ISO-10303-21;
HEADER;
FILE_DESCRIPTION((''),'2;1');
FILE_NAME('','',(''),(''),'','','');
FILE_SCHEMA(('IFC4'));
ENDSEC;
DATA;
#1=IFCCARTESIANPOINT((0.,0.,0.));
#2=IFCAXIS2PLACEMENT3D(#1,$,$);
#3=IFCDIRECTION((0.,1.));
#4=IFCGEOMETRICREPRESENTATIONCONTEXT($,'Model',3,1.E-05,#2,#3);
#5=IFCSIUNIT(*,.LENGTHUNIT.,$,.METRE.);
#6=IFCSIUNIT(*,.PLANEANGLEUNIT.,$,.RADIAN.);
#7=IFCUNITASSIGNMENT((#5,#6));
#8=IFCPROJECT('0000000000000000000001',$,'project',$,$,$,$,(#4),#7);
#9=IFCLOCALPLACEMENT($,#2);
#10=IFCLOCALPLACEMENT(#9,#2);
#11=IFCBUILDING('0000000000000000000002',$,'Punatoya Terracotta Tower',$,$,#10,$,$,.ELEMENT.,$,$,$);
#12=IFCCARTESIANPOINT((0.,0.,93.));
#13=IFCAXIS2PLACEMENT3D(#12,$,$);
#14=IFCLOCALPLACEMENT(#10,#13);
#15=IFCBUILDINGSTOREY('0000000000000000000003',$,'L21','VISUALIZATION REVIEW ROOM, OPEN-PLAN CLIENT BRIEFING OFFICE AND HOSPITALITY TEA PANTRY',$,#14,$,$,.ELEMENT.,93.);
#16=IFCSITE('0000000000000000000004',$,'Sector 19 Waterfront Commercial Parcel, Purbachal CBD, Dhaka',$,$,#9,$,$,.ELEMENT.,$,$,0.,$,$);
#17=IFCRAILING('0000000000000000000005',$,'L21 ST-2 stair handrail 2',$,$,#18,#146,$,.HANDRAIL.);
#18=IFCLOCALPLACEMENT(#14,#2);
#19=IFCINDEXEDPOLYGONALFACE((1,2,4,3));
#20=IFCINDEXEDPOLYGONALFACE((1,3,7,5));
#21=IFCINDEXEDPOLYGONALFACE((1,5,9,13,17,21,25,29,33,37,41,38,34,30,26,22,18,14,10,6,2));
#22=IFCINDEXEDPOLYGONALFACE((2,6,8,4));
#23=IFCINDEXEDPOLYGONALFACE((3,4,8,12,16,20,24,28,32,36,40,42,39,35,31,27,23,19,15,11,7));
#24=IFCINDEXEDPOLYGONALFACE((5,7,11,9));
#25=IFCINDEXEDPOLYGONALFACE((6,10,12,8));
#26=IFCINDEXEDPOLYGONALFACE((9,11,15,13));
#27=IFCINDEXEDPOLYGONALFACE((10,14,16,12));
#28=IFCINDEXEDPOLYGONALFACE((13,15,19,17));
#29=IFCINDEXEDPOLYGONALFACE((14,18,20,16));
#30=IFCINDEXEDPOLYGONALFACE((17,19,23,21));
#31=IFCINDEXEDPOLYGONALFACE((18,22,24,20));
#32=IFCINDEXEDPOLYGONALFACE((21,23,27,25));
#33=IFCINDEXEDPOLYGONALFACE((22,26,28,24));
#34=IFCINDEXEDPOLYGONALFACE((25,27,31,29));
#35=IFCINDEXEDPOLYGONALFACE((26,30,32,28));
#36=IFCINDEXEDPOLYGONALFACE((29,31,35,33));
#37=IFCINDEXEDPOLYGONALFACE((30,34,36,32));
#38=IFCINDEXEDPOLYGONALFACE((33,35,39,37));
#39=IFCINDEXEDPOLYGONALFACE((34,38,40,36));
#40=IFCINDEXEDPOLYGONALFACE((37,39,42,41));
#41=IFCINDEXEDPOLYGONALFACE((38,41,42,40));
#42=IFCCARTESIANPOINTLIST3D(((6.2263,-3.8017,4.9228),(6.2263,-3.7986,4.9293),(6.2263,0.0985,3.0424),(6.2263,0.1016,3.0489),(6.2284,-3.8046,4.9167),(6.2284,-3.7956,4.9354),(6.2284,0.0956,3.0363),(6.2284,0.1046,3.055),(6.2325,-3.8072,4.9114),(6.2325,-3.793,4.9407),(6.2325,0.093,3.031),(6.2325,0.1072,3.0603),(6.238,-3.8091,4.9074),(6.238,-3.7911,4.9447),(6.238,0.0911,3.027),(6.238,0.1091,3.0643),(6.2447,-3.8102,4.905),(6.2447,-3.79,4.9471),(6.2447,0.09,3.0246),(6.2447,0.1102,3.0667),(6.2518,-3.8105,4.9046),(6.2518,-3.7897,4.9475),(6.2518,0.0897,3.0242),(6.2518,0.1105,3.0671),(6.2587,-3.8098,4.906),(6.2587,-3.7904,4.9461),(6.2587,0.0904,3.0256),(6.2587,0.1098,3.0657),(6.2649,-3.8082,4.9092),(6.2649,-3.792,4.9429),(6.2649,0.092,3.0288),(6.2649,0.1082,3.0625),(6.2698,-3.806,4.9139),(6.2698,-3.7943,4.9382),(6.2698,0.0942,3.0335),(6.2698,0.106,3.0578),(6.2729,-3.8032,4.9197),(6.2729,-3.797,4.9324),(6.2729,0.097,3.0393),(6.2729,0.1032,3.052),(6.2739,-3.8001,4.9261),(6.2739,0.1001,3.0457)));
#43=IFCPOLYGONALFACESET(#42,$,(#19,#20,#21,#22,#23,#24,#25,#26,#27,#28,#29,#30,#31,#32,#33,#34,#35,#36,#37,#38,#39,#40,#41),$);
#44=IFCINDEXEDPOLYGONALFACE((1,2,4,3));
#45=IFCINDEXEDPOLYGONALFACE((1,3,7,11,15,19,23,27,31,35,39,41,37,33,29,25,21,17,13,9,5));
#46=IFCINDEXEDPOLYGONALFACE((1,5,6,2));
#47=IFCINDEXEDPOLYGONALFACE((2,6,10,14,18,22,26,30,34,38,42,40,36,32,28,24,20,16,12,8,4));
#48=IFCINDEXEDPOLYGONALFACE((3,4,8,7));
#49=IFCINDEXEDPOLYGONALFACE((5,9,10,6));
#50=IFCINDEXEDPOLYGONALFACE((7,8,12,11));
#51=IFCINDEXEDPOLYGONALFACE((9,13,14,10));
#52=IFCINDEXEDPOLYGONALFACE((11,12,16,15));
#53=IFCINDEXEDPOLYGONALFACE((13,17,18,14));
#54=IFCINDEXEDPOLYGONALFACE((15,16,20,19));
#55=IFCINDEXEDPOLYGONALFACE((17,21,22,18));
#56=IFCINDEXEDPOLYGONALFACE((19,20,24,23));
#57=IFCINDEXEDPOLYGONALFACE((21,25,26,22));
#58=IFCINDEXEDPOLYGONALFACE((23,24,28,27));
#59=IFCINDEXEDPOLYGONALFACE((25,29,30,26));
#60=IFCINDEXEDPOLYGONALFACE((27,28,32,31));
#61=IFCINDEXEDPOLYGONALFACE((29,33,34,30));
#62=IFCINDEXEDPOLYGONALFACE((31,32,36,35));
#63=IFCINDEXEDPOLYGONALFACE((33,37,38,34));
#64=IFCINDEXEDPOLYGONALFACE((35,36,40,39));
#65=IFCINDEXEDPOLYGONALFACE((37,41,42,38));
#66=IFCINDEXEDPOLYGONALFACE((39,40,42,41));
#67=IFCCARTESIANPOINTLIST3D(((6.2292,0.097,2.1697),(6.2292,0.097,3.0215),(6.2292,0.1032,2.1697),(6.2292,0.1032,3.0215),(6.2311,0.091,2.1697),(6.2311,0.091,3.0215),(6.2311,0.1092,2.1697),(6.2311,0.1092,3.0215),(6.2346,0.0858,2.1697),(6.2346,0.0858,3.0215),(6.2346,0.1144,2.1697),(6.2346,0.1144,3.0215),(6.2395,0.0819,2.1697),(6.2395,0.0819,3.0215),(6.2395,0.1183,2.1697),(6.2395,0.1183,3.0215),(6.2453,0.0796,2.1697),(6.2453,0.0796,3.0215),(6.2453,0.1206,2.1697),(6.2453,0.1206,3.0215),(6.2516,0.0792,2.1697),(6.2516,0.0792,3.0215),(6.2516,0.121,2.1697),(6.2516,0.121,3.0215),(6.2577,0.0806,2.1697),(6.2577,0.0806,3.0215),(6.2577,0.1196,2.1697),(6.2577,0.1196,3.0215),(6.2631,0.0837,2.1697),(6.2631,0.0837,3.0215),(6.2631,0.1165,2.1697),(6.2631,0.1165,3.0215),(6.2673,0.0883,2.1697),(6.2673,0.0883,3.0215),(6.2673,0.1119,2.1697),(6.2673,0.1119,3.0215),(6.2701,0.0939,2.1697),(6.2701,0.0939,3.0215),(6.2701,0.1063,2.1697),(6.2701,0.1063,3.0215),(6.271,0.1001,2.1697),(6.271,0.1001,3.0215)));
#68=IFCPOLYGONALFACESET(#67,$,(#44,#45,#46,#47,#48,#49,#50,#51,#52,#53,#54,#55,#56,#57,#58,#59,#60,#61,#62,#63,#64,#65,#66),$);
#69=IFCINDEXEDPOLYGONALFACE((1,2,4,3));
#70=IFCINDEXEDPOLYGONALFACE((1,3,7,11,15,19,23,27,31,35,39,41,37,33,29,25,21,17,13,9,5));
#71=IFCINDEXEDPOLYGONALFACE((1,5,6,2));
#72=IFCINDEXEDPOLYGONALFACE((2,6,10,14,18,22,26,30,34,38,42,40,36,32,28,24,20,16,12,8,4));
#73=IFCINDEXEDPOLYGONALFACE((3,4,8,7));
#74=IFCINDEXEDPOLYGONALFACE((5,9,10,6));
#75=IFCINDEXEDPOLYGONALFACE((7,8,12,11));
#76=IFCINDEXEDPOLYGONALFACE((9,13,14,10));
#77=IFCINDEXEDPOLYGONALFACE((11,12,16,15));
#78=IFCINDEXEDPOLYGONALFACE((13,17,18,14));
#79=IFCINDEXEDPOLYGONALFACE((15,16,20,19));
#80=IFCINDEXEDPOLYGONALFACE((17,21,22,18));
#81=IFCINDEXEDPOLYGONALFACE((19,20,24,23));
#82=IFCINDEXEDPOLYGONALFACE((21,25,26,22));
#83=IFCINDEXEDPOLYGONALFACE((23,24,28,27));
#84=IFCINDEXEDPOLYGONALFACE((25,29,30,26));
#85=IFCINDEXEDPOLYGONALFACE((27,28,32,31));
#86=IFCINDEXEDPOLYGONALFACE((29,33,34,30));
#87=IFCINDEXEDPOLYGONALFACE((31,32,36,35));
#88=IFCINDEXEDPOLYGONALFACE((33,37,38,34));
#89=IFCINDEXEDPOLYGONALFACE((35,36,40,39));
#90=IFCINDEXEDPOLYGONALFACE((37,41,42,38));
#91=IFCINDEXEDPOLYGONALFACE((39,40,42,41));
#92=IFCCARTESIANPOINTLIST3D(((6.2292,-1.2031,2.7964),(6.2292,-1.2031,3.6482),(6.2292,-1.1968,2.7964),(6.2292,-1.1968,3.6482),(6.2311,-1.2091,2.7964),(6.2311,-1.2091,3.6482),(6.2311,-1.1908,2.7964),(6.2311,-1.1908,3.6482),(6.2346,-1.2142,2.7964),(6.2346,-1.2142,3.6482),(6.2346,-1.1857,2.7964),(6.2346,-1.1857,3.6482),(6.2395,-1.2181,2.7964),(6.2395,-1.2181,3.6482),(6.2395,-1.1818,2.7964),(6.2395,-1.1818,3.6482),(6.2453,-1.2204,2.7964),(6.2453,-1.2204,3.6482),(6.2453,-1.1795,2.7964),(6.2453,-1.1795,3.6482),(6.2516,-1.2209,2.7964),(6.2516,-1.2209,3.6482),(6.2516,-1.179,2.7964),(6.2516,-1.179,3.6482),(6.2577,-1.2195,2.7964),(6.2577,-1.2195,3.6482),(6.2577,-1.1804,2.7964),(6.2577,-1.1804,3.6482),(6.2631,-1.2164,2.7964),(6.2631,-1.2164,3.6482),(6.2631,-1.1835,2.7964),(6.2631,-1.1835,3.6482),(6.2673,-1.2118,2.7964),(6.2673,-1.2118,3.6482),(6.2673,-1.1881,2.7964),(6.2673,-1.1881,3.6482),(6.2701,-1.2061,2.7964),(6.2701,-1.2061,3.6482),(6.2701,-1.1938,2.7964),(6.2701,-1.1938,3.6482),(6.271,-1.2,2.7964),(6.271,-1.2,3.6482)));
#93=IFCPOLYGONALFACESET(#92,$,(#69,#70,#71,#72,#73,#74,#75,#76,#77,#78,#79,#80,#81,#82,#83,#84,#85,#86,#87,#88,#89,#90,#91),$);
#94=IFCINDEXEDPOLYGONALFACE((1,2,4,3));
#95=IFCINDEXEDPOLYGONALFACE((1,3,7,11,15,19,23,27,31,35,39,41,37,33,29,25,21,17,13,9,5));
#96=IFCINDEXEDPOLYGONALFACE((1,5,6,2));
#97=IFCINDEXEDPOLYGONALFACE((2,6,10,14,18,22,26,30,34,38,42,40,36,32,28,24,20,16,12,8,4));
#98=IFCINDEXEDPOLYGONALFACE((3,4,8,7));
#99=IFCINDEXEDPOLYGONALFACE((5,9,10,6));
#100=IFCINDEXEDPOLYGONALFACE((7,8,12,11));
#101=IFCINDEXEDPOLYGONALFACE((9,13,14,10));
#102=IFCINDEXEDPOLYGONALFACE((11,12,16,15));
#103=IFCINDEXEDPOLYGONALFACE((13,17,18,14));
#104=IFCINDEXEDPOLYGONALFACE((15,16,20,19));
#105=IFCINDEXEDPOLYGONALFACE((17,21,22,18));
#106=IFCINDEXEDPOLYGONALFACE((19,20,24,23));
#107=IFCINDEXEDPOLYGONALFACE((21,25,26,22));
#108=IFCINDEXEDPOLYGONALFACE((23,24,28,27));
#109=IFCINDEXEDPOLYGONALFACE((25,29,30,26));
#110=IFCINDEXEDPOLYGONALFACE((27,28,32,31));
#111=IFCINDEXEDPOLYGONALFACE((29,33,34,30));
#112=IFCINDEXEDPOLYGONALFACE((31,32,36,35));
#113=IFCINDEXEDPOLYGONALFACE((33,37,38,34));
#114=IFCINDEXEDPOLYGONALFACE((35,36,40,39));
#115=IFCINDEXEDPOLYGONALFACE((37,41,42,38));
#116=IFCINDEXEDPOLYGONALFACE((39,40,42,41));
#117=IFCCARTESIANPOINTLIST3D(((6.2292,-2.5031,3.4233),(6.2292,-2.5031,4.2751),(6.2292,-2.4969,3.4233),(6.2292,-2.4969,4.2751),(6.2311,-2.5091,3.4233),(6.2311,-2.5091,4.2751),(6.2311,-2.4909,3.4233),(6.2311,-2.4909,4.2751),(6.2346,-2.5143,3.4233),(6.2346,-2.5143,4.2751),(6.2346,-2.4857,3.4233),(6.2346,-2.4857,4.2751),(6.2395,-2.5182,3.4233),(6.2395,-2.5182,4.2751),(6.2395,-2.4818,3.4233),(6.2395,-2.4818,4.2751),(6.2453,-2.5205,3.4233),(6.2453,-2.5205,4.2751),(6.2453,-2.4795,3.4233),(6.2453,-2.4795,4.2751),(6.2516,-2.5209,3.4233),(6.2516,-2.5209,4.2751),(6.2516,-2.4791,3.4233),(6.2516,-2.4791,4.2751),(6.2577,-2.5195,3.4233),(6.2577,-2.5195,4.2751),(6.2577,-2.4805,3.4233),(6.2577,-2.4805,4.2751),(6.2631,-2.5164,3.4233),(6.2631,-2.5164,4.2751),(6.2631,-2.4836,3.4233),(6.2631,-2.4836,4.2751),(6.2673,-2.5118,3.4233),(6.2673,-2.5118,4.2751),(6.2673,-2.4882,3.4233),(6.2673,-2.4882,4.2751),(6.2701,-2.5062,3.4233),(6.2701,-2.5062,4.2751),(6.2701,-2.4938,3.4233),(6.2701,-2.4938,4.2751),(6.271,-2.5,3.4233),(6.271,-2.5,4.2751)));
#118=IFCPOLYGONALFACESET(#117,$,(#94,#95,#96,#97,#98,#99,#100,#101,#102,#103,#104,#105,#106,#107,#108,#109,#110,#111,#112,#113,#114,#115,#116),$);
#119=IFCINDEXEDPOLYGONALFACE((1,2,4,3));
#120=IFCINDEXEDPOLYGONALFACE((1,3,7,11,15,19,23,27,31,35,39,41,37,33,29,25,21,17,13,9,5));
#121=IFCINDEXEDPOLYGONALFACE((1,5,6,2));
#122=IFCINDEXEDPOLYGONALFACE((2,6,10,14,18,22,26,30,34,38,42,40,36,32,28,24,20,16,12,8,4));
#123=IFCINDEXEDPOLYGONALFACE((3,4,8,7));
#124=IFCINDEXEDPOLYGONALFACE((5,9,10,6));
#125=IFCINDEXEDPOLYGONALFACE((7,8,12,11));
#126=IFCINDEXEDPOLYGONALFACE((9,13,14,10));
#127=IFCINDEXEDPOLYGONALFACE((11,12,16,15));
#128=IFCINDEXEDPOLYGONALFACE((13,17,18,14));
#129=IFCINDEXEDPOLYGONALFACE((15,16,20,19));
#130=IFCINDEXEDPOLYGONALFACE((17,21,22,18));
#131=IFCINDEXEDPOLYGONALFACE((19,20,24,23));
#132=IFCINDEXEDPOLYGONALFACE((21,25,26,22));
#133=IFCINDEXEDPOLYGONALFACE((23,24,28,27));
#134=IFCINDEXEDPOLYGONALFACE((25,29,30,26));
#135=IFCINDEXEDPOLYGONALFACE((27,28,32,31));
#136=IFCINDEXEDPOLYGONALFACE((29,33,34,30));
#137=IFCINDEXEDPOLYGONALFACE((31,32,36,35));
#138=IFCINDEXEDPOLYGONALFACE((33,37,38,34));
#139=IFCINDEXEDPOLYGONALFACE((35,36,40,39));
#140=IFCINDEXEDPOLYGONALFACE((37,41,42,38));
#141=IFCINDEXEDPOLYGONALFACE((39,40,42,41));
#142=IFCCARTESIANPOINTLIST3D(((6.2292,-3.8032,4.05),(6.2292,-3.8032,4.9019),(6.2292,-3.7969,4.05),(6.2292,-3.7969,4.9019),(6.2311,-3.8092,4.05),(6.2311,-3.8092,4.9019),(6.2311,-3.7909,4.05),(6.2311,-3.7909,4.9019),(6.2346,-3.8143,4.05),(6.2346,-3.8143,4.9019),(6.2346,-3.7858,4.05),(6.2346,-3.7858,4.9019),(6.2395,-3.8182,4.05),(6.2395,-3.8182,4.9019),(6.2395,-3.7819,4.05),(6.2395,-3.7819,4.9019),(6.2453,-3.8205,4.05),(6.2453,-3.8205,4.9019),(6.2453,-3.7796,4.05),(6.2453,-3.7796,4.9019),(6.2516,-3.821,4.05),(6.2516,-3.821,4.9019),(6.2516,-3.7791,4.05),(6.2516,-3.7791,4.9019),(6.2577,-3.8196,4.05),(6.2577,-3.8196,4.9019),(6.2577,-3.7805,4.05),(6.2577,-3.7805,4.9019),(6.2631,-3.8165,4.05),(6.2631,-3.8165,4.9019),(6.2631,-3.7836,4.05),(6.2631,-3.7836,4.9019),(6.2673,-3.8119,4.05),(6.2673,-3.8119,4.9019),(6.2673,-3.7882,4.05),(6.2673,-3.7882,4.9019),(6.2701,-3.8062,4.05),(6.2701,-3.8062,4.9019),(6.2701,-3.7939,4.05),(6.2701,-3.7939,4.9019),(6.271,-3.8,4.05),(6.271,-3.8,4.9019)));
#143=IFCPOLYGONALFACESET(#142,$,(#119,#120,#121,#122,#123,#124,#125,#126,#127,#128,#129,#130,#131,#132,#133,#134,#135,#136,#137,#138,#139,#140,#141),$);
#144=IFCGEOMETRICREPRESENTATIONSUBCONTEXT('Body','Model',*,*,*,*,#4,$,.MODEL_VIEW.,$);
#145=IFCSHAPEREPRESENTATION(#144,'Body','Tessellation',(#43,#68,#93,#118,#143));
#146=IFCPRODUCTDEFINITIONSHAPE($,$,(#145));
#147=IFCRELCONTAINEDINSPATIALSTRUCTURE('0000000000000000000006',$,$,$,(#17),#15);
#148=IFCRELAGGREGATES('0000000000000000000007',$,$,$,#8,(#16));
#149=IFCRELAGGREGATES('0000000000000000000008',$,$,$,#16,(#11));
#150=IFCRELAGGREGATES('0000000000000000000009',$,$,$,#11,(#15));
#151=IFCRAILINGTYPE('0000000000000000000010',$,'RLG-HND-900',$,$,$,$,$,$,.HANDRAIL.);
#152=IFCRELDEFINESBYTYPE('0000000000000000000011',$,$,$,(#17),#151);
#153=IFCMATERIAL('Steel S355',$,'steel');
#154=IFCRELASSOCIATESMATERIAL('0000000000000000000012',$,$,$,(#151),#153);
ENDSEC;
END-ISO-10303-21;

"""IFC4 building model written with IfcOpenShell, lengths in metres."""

from ifc_helpers import new_model, si_unit, direction, frame, origin, origin_2d, place, context, subcontext, project, spatial, circle, extrude, material, type_object, element, save


model = new_model("IFC4")

# Units and contexts
model_context = context("Model", 3, precision=1e-05, world=origin(), true_north=direction((0.0, 1.0)))
body_context = subcontext(model_context, "Body", "Model", "MODEL_VIEW")
ifc_project = project(units=[si_unit("LENGTHUNIT", "METRE"), si_unit("PLANEANGLEUNIT", "RADIAN")], contexts=[model_context])

# Site, building, storey
site_placement = place(None, origin())
site = spatial("IfcSite", under=ifc_project, at=site_placement, Name="Sector 19 Waterfront Commercial Parcel, Purbachal CBD, Dhaka", CompositionType="ELEMENT", RefElevation=0.0)
building_placement = place(site_placement, origin())
building = spatial("IfcBuilding", under=site, at=building_placement, Name="Punatoya Terracotta Tower", CompositionType="ELEMENT")
storey_placement = place(building_placement, frame((0.0, 0.0, 93.0)))
storey = spatial("IfcBuildingStorey", under=building, at=storey_placement, Name="L21", Description="VISUALIZATION REVIEW ROOM, OPEN-PLAN CLIENT BRIEFING OFFICE AND HOSPITALITY TEA PANTRY", CompositionType="ELEMENT", Elevation=93.0)

# Shared definitions
ifc_material_1 = material(Name="Steel S355", Category="steel")

# Railing
railing_type_1 = type_object("IfcRailingType", Name="RLG-HND-900", PredefinedType="HANDRAIL", material=ifc_material_1)
railing_1_placement = place(storey_placement, frame((6.25, 0.1001, 2.1697)))
element("IfcRailing", 1, at=railing_1_placement, inside=storey, type_object=railing_type_1, Name="L21 ST-2 stair handrail 2", PredefinedType="HANDRAIL", context=body_context, shape_type="SweptSolid", body=[
    extrude(circle(Radius=0.0239, at=origin_2d()), frame((0.0, 0.0, 0.876), z_axis=(0.0, -0.900774, 0.434289), x_axis=(1.0, 0.0, 0.0)), (0.0, 0.0, 1.0), 4.3298),
    extrude(circle(Radius=0.021, at=origin_2d()), origin(), (0.0, 0.0, 1.0), 0.8518),
    extrude(circle(Radius=0.021, at=origin_2d()), frame((0.0, -1.3, 0.6267)), (0.0, 0.0, 1.0), 0.8518),
    extrude(circle(Radius=0.021, at=origin_2d()), frame((0.0, -2.6001, 1.2537)), (0.0, 0.0, 1.0), 0.8518),
    extrude(circle(Radius=0.021, at=origin_2d()), frame((0.0, -3.9001, 1.8804)), (0.0, 0.0, 1.0), 0.8518),
])

save(model, "model.ifc")
